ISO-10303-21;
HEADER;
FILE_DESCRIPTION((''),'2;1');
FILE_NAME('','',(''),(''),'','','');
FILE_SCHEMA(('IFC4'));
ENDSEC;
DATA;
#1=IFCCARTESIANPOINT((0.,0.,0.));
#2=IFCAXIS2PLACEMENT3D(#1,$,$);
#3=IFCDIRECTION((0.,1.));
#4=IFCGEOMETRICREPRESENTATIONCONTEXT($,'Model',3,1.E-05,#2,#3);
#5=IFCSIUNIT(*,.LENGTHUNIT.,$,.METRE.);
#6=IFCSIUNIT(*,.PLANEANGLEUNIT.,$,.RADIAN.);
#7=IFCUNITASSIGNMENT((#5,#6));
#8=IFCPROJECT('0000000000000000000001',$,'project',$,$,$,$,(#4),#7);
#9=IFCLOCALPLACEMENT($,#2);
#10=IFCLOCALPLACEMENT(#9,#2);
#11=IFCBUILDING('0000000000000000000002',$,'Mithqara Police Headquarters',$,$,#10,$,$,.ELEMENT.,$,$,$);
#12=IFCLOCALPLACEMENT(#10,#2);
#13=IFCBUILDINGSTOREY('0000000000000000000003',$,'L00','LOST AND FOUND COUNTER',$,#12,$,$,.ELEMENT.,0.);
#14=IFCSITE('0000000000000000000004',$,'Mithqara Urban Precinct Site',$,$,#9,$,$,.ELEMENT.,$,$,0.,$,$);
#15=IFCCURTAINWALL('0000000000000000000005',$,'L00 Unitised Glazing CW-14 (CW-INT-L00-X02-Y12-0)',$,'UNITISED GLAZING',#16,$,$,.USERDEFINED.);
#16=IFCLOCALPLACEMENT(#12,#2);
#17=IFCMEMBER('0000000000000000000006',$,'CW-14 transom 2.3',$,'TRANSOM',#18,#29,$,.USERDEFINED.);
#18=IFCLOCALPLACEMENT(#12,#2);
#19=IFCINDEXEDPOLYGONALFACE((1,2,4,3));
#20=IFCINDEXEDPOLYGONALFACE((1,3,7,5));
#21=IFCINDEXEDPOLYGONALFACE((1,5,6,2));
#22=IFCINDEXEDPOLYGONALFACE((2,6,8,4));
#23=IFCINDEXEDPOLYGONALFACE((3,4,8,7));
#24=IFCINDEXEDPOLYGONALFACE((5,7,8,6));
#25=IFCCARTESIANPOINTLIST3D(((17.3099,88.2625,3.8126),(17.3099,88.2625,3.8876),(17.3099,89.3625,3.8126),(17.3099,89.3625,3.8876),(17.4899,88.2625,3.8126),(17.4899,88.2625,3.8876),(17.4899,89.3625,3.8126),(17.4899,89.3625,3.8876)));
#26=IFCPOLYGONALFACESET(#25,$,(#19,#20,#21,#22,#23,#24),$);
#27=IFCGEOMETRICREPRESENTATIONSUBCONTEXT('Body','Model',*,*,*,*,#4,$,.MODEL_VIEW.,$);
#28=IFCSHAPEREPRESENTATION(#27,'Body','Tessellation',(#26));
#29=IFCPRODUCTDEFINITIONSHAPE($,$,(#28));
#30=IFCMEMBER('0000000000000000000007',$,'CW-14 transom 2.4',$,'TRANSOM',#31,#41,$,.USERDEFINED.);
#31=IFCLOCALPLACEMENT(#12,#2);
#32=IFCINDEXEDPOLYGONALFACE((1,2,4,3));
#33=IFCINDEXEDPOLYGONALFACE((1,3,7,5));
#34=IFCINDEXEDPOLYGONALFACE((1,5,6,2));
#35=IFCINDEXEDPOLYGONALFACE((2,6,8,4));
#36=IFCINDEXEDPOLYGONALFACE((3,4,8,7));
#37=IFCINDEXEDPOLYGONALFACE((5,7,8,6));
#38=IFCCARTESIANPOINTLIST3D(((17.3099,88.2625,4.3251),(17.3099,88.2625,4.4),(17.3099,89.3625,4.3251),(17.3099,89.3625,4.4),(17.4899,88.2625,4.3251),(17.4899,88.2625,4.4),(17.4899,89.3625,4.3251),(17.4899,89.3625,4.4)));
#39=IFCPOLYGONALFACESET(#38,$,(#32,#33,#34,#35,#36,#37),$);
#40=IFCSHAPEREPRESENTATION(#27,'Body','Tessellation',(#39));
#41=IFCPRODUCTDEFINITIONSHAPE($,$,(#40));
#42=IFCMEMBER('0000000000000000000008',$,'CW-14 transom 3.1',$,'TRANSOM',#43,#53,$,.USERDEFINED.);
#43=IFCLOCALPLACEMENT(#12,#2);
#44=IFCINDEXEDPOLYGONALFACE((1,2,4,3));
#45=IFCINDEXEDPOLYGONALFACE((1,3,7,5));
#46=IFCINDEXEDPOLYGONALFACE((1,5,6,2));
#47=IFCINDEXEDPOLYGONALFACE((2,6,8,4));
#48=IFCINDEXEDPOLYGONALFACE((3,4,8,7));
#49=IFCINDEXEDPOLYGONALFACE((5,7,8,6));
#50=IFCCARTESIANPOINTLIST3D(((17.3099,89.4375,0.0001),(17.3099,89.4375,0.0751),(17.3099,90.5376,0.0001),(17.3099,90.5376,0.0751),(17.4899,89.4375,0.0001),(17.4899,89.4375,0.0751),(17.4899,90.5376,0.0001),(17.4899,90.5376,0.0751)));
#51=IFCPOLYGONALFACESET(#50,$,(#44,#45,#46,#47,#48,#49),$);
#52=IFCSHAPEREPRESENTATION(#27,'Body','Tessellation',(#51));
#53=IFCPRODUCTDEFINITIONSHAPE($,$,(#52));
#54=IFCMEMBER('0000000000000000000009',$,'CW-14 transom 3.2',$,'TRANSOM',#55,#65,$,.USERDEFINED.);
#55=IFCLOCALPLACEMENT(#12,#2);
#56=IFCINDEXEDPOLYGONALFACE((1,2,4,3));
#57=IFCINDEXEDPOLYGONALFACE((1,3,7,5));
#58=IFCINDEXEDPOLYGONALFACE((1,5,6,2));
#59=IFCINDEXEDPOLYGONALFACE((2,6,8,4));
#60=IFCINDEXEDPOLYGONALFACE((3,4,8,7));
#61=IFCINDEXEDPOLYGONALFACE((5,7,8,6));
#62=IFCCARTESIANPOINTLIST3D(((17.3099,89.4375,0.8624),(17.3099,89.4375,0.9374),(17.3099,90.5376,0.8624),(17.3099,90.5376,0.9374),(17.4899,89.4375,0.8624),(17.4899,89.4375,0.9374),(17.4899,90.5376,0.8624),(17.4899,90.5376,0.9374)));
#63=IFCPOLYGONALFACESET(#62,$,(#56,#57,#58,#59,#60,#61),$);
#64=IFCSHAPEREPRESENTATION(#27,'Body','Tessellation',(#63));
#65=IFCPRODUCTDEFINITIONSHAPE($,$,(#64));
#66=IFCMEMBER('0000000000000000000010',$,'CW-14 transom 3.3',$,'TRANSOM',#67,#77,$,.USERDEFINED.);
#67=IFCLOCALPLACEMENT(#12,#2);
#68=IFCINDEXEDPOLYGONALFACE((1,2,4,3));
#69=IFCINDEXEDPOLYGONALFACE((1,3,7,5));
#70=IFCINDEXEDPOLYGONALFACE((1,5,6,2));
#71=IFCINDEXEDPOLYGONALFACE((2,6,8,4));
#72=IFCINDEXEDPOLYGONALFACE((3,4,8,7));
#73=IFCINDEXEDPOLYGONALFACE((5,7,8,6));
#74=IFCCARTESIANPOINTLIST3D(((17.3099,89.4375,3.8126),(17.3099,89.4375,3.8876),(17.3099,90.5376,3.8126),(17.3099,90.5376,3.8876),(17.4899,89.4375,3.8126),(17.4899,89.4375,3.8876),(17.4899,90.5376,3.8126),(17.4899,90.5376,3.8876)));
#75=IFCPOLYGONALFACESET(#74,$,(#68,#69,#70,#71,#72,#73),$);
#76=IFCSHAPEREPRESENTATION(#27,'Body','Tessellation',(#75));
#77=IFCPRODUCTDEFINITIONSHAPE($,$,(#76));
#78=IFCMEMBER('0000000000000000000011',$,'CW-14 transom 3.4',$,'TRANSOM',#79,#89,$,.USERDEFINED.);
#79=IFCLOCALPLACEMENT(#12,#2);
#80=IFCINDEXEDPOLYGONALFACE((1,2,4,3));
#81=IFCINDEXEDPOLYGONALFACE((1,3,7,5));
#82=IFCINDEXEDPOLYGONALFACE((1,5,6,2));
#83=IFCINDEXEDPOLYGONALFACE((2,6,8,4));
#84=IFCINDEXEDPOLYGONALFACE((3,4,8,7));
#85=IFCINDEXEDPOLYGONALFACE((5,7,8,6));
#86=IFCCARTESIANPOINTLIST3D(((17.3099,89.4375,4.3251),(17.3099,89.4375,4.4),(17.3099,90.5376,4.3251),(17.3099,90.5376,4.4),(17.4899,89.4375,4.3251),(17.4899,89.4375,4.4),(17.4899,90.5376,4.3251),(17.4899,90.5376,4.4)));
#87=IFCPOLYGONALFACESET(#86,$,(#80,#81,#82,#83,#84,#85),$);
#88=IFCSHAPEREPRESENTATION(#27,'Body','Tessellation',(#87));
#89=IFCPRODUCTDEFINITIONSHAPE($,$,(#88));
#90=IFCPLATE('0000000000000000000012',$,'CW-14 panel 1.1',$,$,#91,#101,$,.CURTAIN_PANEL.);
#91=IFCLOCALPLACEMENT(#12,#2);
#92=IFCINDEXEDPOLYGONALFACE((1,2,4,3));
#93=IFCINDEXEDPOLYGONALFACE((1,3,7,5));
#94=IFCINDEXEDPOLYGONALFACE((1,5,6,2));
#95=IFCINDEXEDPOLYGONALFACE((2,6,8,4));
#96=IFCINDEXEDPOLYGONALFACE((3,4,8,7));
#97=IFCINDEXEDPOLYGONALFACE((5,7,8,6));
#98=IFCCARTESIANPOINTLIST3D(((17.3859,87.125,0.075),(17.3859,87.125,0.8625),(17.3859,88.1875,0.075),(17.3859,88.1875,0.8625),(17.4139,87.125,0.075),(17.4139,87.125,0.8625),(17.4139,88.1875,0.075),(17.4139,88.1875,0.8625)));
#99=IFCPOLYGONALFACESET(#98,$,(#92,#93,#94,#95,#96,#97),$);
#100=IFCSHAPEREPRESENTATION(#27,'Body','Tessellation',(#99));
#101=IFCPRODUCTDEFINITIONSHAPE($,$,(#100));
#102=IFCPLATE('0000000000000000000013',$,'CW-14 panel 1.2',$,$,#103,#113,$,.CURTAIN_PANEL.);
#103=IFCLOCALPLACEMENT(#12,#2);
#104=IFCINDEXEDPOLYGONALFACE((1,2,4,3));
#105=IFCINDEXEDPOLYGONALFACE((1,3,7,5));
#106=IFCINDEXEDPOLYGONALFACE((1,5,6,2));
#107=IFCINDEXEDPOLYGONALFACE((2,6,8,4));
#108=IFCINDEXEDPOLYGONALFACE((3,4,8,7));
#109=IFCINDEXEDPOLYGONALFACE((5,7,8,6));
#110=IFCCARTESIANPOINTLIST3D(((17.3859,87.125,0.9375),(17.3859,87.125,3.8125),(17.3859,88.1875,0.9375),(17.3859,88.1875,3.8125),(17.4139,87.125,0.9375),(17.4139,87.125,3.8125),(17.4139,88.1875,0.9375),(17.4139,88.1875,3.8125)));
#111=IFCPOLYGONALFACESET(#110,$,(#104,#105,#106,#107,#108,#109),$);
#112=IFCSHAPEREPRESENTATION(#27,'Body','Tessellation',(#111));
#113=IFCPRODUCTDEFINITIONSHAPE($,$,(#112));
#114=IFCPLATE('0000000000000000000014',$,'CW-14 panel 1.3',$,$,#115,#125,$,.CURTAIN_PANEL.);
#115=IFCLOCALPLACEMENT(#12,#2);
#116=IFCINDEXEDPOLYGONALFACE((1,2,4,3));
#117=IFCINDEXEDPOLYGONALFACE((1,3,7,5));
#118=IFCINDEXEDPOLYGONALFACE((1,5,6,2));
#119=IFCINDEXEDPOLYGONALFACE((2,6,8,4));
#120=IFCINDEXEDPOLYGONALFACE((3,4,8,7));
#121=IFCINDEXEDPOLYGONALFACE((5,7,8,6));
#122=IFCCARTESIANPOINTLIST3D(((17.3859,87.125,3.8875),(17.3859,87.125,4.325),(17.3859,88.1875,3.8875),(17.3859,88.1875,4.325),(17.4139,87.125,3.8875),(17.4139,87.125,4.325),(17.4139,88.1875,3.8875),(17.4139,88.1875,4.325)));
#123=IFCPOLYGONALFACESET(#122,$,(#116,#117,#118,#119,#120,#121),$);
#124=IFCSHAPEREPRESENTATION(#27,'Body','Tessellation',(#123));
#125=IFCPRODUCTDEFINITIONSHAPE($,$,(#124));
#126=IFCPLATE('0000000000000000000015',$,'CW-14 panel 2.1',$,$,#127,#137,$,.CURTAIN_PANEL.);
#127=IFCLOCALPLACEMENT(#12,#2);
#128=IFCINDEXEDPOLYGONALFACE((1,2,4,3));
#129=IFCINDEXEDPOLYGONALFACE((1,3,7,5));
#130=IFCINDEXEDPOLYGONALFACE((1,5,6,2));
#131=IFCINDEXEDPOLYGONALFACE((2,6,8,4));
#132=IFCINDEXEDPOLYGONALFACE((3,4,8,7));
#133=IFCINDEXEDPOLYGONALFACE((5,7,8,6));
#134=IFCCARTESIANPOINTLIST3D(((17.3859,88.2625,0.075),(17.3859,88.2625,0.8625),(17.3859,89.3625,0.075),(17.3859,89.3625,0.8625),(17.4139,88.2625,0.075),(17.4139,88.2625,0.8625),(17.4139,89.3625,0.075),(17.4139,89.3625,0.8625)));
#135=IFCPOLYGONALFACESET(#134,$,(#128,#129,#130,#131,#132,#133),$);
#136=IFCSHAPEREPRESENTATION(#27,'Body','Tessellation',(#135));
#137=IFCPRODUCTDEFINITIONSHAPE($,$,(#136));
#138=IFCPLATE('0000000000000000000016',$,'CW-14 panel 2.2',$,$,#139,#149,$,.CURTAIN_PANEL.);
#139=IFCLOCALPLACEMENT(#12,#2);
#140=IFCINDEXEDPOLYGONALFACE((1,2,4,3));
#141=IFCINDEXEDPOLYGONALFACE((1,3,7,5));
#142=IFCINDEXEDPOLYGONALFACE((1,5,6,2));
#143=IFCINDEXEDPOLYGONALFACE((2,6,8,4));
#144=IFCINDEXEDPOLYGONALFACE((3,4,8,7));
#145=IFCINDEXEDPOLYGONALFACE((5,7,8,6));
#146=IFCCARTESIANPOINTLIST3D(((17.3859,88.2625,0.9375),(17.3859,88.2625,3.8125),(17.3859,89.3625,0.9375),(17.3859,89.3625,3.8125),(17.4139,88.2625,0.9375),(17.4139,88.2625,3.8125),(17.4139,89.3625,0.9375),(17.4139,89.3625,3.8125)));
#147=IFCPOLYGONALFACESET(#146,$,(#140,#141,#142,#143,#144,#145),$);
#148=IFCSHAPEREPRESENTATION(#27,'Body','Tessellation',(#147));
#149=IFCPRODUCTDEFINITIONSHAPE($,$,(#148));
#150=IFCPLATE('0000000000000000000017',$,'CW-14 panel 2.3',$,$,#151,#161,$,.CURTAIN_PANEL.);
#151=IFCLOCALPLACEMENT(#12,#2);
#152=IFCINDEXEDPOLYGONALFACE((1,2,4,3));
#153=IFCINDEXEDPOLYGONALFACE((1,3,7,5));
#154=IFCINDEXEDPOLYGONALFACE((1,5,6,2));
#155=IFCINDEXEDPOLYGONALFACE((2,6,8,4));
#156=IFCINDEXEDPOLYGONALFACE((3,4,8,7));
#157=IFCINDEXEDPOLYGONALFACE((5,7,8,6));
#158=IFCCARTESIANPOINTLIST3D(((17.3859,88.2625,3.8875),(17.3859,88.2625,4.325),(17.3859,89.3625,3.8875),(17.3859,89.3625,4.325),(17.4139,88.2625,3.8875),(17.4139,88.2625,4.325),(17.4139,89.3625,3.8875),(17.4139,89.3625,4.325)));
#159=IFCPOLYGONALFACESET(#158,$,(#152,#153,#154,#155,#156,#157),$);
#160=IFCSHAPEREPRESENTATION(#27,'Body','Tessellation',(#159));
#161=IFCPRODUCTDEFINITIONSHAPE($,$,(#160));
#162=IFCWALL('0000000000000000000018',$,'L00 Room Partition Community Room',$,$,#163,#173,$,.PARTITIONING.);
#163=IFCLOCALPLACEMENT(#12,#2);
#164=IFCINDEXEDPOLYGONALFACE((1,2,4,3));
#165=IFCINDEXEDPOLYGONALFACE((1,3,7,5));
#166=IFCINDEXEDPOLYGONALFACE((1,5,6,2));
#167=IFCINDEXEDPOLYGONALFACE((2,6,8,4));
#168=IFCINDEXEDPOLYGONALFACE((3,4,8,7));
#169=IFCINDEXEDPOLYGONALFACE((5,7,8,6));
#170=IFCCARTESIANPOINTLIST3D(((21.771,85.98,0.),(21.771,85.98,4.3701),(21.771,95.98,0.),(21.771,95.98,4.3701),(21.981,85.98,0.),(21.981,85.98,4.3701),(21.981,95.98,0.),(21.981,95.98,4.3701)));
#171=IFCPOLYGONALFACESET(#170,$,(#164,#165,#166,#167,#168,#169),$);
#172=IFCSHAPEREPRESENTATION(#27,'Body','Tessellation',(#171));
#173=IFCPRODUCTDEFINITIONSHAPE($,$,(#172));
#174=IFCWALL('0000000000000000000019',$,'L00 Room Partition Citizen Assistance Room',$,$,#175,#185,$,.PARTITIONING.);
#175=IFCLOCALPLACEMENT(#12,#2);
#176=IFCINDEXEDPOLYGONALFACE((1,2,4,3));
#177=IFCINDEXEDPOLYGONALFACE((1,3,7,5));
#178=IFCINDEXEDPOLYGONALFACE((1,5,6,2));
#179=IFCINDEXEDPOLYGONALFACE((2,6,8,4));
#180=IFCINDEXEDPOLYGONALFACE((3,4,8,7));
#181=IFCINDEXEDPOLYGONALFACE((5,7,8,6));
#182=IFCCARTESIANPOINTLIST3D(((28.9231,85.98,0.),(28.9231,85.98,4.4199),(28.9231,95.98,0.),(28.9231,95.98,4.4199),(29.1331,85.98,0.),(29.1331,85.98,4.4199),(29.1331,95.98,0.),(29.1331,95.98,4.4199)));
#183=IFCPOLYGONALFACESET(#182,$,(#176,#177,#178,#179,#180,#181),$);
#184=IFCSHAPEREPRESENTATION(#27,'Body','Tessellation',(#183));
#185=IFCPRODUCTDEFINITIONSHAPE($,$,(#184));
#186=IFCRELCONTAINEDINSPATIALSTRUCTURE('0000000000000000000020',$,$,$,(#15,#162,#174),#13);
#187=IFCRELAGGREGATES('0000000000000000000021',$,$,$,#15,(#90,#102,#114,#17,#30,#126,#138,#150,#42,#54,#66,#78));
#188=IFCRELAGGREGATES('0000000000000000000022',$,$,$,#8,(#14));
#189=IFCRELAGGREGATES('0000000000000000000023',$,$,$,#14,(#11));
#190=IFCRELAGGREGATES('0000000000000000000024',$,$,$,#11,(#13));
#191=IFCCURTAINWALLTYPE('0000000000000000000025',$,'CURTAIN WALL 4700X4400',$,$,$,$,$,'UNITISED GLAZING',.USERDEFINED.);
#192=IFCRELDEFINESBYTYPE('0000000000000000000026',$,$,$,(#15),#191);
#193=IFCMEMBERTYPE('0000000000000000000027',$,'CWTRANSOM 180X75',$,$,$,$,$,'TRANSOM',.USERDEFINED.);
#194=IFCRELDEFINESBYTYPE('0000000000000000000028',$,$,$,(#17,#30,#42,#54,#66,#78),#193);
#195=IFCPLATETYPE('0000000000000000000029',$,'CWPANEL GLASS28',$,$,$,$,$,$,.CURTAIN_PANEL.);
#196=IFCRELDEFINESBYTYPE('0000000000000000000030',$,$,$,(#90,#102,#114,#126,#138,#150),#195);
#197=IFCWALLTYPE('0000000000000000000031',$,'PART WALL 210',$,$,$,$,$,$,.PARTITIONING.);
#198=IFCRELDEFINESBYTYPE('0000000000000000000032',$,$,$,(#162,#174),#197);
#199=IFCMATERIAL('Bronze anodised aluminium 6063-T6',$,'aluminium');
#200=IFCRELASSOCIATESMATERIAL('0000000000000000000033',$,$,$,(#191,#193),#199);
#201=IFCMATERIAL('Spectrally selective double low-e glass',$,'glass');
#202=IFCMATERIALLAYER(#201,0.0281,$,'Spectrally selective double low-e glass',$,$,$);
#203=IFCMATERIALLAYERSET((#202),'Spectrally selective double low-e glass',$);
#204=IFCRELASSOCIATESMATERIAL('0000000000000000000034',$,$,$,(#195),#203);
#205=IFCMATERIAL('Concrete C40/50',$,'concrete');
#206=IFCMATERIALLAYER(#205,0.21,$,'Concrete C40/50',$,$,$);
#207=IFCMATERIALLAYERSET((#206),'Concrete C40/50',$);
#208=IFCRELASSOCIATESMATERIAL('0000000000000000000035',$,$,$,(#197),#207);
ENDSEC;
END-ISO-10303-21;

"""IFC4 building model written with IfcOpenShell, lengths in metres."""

from ifc_helpers import new_model, si_unit, direction, frame, frame_2d, origin, origin_2d, place, context, subcontext, project, spatial, rectangle, extrude, material, layer, layer_set, material_profile, profile_set, type_object, element, aggregate, save


model = new_model("IFC4")

# Units and contexts
model_context = context("Model", 3, precision=1e-05, world=origin(), true_north=direction((0.0, 1.0)))
body_context = subcontext(model_context, "Body", "Model", "MODEL_VIEW")
ifc_project = project(units=[si_unit("LENGTHUNIT", "METRE"), si_unit("PLANEANGLEUNIT", "RADIAN")], contexts=[model_context])

# Site, building, storey
site_placement = place(None, origin())
site = spatial("IfcSite", under=ifc_project, at=site_placement, Name="Mithqara Urban Precinct Site", CompositionType="ELEMENT", RefElevation=0.0)
building_placement = place(site_placement, origin())
building = spatial("IfcBuilding", under=site, at=building_placement, Name="Mithqara Police Headquarters", CompositionType="ELEMENT")
storey_placement = place(building_placement, origin())
storey = spatial("IfcBuildingStorey", under=building, at=storey_placement, Name="L00", Description="LOST AND FOUND COUNTER", CompositionType="ELEMENT", Elevation=0.0)

# Shared definitions
ifc_material_1 = material(Name="Concrete C40/50", Category="concrete")

# Curtain wall, members, plates
ifc_material_2 = material(Name="Bronze anodised aluminium 6063-T6", Category="aluminium")
curtain_wall_type = type_object("IfcCurtainWallType", Name="CURTAIN WALL 4700X4400", ElementType="UNITISED GLAZING", PredefinedType="USERDEFINED", material=ifc_material_2)
curtain_wall_placement = place(storey_placement, origin())
curtain_wall = element("IfcCurtainWall", 1, at=curtain_wall_placement, inside=storey, type_object=curtain_wall_type, Name="L00 Unitised Glazing CW-14 (CW-INT-L00-X02-Y12-0)", ObjectType="UNITISED GLAZING", PredefinedType="USERDEFINED")
ifc_material_profile_1 = material_profile(ifc_material_2, rectangle(XDim=0.1799, YDim=0.075, at=origin_2d()), Name="CWT 180x75")
ifc_profile_set_1 = profile_set([ifc_material_profile_1], Name="Bronze anodised aluminium 6063-T6")
member_type_1 = type_object("IfcMemberType", Name="CWTRANSOM 180X75", ElementType="TRANSOM", PredefinedType="USERDEFINED", material=ifc_profile_set_1)
member_1_placement = place(storey_placement, frame((17.3999, 88.2625, 3.8501), z_axis=(0.0, 1.0, 0.0), x_axis=(-1.0, 0.0, 0.0)))
member_1 = element("IfcMember", 2, at=member_1_placement, type_object=member_type_1, Name="CW-14 transom 2.3", ObjectType="TRANSOM", PredefinedType="USERDEFINED", context=body_context, shape_type="SweptSolid", body=[
    extrude(rectangle(XDim=0.1799, YDim=0.075, at=origin_2d()), origin(), (0.0, 0.0, 1.0), 1.1001),
])
member_2_placement = place(storey_placement, frame((17.3999, 88.2625, 4.3625), z_axis=(0.0, 1.0, 0.0), x_axis=(-1.0, 0.0, 0.0)))
member_2 = element("IfcMember", 3, at=member_2_placement, type_object=member_type_1, Name="CW-14 transom 2.4", ObjectType="TRANSOM", PredefinedType="USERDEFINED", context=body_context, shape_type="SweptSolid", body=[
    extrude(rectangle(XDim=0.1799, YDim=0.075, at=origin_2d()), origin(), (0.0, 0.0, 1.0), 1.1001),
])
member_3_placement = place(storey_placement, frame((17.3999, 89.4375, 0.0376), z_axis=(0.0, 1.0, 0.0), x_axis=(-1.0, 0.0, 0.0)))
member_3 = element("IfcMember", 4, at=member_3_placement, type_object=member_type_1, Name="CW-14 transom 3.1", ObjectType="TRANSOM", PredefinedType="USERDEFINED", context=body_context, shape_type="SweptSolid", body=[
    extrude(rectangle(XDim=0.1799, YDim=0.075, at=origin_2d()), origin(), (0.0, 0.0, 1.0), 1.1001),
])
member_4_placement = place(storey_placement, frame((17.3999, 89.4375, 0.8999), z_axis=(0.0, 1.0, 0.0), x_axis=(-1.0, 0.0, 0.0)))
member_4 = element("IfcMember", 5, at=member_4_placement, type_object=member_type_1, Name="CW-14 transom 3.2", ObjectType="TRANSOM", PredefinedType="USERDEFINED", context=body_context, shape_type="SweptSolid", body=[
    extrude(rectangle(XDim=0.1799, YDim=0.075, at=origin_2d()), origin(), (0.0, 0.0, 1.0), 1.1001),
])
member_5_placement = place(storey_placement, frame((17.3999, 89.4375, 3.8501), z_axis=(0.0, 1.0, 0.0), x_axis=(-1.0, 0.0, 0.0)))
member_5 = element("IfcMember", 6, at=member_5_placement, type_object=member_type_1, Name="CW-14 transom 3.3", ObjectType="TRANSOM", PredefinedType="USERDEFINED", context=body_context, shape_type="SweptSolid", body=[
    extrude(rectangle(XDim=0.1799, YDim=0.075, at=origin_2d()), origin(), (0.0, 0.0, 1.0), 1.1001),
])
member_6_placement = place(storey_placement, frame((17.3999, 89.4375, 4.3625), z_axis=(0.0, 1.0, 0.0), x_axis=(-1.0, 0.0, 0.0)))
member_6 = element("IfcMember", 7, at=member_6_placement, type_object=member_type_1, Name="CW-14 transom 3.4", ObjectType="TRANSOM", PredefinedType="USERDEFINED", context=body_context, shape_type="SweptSolid", body=[
    extrude(rectangle(XDim=0.1799, YDim=0.075, at=origin_2d()), origin(), (0.0, 0.0, 1.0), 1.1001),
])
ifc_material_3 = material(Name="Spectrally selective double low-e glass", Category="glass")
ifc_layer_1 = layer(ifc_material_3, 0.0281, Name="Spectrally selective double low-e glass")
ifc_layer_set_1 = layer_set([ifc_layer_1], Name="Spectrally selective double low-e glass")
plate_type = type_object("IfcPlateType", Name="CWPANEL GLASS28", PredefinedType="CURTAIN_PANEL", material=ifc_layer_set_1)
plate_1_placement = place(storey_placement, frame((17.3999, 87.6562, 0.075), z_axis=(0.0, 0.0, 1.0), x_axis=(0.0, 1.0, 0.0)))
plate_1 = element("IfcPlate", 8, at=plate_1_placement, type_object=plate_type, Name="CW-14 panel 1.1", PredefinedType="CURTAIN_PANEL", context=body_context, shape_type="SweptSolid", body=[
    extrude(rectangle(XDim=1.0625, YDim=0.0281, at=origin_2d()), origin(), (0.0, 0.0, 1.0), 0.7876),
])
plate_2_placement = place(storey_placement, frame((17.3999, 87.6562, 0.9375), z_axis=(0.0, 0.0, 1.0), x_axis=(0.0, 1.0, 0.0)))
plate_2 = element("IfcPlate", 9, at=plate_2_placement, type_object=plate_type, Name="CW-14 panel 1.2", PredefinedType="CURTAIN_PANEL", context=body_context, shape_type="SweptSolid", body=[
    extrude(rectangle(XDim=1.0625, YDim=0.0281, at=origin_2d()), origin(), (0.0, 0.0, 1.0), 2.875),
])
plate_3_placement = place(storey_placement, frame((17.3999, 87.6562, 3.8875), z_axis=(0.0, 0.0, 1.0), x_axis=(0.0, 1.0, 0.0)))
plate_3 = element("IfcPlate", 10, at=plate_3_placement, type_object=plate_type, Name="CW-14 panel 1.3", PredefinedType="CURTAIN_PANEL", context=body_context, shape_type="SweptSolid", body=[
    extrude(rectangle(XDim=1.0625, YDim=0.0281, at=origin_2d()), origin(), (0.0, 0.0, 1.0), 0.4375),
])
plate_4_placement = place(storey_placement, frame((17.3999, 88.8125, 0.075), z_axis=(0.0, 0.0, 1.0), x_axis=(0.0, 1.0, 0.0)))
plate_4 = element("IfcPlate", 11, at=plate_4_placement, type_object=plate_type, Name="CW-14 panel 2.1", PredefinedType="CURTAIN_PANEL", context=body_context, shape_type="SweptSolid", body=[
    extrude(rectangle(XDim=1.1001, YDim=0.0281, at=origin_2d()), origin(), (0.0, 0.0, 1.0), 0.7876),
])
plate_5_placement = place(storey_placement, frame((17.3999, 88.8125, 0.9375), z_axis=(0.0, 0.0, 1.0), x_axis=(0.0, 1.0, 0.0)))
plate_5 = element("IfcPlate", 12, at=plate_5_placement, type_object=plate_type, Name="CW-14 panel 2.2", PredefinedType="CURTAIN_PANEL", context=body_context, shape_type="SweptSolid", body=[
    extrude(rectangle(XDim=1.1001, YDim=0.0281, at=origin_2d()), origin(), (0.0, 0.0, 1.0), 2.875),
])
plate_6_placement = place(storey_placement, frame((17.3999, 88.8125, 3.8875), z_axis=(0.0, 0.0, 1.0), x_axis=(0.0, 1.0, 0.0)))
plate_6 = element("IfcPlate", 13, at=plate_6_placement, type_object=plate_type, Name="CW-14 panel 2.3", PredefinedType="CURTAIN_PANEL", context=body_context, shape_type="SweptSolid", body=[
    extrude(rectangle(XDim=1.1001, YDim=0.0281, at=origin_2d()), origin(), (0.0, 0.0, 1.0), 0.4375),
])
aggregate(curtain_wall, [plate_1, plate_2, plate_3, member_1, member_2, plate_4, plate_5, plate_6, member_3, member_4, member_5, member_6])

# Walls
ifc_layer_2 = layer(ifc_material_1, 0.21, Name="Concrete C40/50")
ifc_layer_set_2 = layer_set([ifc_layer_2], Name="Concrete C40/50")
wall_type_1 = type_object("IfcWallType", Name="PART WALL 210", PredefinedType="PARTITIONING", material=ifc_layer_set_2)
wall_1_placement = place(storey_placement, frame((21.876, 85.98, 0.0), z_axis=(0.0, 0.0, 1.0), x_axis=(0.0, 1.0, 0.0)))
element("IfcWall", 14, at=wall_1_placement, inside=storey, type_object=wall_type_1, Name="L00 Room Partition Community Room", PredefinedType="PARTITIONING", context=body_context, shape_type="SweptSolid", body=[
    extrude(rectangle(XDim=10.0, YDim=0.21, at=frame_2d((5.0, 0.0))), origin(), (0.0, 0.0, 1.0), 4.3701),
])
wall_2_placement = place(storey_placement, frame((29.0281, 85.98, 0.0), z_axis=(0.0, 0.0, 1.0), x_axis=(0.0, 1.0, 0.0)))
element("IfcWall", 15, at=wall_2_placement, inside=storey, type_object=wall_type_1, Name="L00 Room Partition Citizen Assistance Room", PredefinedType="PARTITIONING", context=body_context, shape_type="SweptSolid", body=[
    extrude(rectangle(XDim=10.0, YDim=0.21, at=frame_2d((5.0, 0.0))), origin(), (0.0, 0.0, 1.0), 4.4199),
])

save(model, "model.ifc")
